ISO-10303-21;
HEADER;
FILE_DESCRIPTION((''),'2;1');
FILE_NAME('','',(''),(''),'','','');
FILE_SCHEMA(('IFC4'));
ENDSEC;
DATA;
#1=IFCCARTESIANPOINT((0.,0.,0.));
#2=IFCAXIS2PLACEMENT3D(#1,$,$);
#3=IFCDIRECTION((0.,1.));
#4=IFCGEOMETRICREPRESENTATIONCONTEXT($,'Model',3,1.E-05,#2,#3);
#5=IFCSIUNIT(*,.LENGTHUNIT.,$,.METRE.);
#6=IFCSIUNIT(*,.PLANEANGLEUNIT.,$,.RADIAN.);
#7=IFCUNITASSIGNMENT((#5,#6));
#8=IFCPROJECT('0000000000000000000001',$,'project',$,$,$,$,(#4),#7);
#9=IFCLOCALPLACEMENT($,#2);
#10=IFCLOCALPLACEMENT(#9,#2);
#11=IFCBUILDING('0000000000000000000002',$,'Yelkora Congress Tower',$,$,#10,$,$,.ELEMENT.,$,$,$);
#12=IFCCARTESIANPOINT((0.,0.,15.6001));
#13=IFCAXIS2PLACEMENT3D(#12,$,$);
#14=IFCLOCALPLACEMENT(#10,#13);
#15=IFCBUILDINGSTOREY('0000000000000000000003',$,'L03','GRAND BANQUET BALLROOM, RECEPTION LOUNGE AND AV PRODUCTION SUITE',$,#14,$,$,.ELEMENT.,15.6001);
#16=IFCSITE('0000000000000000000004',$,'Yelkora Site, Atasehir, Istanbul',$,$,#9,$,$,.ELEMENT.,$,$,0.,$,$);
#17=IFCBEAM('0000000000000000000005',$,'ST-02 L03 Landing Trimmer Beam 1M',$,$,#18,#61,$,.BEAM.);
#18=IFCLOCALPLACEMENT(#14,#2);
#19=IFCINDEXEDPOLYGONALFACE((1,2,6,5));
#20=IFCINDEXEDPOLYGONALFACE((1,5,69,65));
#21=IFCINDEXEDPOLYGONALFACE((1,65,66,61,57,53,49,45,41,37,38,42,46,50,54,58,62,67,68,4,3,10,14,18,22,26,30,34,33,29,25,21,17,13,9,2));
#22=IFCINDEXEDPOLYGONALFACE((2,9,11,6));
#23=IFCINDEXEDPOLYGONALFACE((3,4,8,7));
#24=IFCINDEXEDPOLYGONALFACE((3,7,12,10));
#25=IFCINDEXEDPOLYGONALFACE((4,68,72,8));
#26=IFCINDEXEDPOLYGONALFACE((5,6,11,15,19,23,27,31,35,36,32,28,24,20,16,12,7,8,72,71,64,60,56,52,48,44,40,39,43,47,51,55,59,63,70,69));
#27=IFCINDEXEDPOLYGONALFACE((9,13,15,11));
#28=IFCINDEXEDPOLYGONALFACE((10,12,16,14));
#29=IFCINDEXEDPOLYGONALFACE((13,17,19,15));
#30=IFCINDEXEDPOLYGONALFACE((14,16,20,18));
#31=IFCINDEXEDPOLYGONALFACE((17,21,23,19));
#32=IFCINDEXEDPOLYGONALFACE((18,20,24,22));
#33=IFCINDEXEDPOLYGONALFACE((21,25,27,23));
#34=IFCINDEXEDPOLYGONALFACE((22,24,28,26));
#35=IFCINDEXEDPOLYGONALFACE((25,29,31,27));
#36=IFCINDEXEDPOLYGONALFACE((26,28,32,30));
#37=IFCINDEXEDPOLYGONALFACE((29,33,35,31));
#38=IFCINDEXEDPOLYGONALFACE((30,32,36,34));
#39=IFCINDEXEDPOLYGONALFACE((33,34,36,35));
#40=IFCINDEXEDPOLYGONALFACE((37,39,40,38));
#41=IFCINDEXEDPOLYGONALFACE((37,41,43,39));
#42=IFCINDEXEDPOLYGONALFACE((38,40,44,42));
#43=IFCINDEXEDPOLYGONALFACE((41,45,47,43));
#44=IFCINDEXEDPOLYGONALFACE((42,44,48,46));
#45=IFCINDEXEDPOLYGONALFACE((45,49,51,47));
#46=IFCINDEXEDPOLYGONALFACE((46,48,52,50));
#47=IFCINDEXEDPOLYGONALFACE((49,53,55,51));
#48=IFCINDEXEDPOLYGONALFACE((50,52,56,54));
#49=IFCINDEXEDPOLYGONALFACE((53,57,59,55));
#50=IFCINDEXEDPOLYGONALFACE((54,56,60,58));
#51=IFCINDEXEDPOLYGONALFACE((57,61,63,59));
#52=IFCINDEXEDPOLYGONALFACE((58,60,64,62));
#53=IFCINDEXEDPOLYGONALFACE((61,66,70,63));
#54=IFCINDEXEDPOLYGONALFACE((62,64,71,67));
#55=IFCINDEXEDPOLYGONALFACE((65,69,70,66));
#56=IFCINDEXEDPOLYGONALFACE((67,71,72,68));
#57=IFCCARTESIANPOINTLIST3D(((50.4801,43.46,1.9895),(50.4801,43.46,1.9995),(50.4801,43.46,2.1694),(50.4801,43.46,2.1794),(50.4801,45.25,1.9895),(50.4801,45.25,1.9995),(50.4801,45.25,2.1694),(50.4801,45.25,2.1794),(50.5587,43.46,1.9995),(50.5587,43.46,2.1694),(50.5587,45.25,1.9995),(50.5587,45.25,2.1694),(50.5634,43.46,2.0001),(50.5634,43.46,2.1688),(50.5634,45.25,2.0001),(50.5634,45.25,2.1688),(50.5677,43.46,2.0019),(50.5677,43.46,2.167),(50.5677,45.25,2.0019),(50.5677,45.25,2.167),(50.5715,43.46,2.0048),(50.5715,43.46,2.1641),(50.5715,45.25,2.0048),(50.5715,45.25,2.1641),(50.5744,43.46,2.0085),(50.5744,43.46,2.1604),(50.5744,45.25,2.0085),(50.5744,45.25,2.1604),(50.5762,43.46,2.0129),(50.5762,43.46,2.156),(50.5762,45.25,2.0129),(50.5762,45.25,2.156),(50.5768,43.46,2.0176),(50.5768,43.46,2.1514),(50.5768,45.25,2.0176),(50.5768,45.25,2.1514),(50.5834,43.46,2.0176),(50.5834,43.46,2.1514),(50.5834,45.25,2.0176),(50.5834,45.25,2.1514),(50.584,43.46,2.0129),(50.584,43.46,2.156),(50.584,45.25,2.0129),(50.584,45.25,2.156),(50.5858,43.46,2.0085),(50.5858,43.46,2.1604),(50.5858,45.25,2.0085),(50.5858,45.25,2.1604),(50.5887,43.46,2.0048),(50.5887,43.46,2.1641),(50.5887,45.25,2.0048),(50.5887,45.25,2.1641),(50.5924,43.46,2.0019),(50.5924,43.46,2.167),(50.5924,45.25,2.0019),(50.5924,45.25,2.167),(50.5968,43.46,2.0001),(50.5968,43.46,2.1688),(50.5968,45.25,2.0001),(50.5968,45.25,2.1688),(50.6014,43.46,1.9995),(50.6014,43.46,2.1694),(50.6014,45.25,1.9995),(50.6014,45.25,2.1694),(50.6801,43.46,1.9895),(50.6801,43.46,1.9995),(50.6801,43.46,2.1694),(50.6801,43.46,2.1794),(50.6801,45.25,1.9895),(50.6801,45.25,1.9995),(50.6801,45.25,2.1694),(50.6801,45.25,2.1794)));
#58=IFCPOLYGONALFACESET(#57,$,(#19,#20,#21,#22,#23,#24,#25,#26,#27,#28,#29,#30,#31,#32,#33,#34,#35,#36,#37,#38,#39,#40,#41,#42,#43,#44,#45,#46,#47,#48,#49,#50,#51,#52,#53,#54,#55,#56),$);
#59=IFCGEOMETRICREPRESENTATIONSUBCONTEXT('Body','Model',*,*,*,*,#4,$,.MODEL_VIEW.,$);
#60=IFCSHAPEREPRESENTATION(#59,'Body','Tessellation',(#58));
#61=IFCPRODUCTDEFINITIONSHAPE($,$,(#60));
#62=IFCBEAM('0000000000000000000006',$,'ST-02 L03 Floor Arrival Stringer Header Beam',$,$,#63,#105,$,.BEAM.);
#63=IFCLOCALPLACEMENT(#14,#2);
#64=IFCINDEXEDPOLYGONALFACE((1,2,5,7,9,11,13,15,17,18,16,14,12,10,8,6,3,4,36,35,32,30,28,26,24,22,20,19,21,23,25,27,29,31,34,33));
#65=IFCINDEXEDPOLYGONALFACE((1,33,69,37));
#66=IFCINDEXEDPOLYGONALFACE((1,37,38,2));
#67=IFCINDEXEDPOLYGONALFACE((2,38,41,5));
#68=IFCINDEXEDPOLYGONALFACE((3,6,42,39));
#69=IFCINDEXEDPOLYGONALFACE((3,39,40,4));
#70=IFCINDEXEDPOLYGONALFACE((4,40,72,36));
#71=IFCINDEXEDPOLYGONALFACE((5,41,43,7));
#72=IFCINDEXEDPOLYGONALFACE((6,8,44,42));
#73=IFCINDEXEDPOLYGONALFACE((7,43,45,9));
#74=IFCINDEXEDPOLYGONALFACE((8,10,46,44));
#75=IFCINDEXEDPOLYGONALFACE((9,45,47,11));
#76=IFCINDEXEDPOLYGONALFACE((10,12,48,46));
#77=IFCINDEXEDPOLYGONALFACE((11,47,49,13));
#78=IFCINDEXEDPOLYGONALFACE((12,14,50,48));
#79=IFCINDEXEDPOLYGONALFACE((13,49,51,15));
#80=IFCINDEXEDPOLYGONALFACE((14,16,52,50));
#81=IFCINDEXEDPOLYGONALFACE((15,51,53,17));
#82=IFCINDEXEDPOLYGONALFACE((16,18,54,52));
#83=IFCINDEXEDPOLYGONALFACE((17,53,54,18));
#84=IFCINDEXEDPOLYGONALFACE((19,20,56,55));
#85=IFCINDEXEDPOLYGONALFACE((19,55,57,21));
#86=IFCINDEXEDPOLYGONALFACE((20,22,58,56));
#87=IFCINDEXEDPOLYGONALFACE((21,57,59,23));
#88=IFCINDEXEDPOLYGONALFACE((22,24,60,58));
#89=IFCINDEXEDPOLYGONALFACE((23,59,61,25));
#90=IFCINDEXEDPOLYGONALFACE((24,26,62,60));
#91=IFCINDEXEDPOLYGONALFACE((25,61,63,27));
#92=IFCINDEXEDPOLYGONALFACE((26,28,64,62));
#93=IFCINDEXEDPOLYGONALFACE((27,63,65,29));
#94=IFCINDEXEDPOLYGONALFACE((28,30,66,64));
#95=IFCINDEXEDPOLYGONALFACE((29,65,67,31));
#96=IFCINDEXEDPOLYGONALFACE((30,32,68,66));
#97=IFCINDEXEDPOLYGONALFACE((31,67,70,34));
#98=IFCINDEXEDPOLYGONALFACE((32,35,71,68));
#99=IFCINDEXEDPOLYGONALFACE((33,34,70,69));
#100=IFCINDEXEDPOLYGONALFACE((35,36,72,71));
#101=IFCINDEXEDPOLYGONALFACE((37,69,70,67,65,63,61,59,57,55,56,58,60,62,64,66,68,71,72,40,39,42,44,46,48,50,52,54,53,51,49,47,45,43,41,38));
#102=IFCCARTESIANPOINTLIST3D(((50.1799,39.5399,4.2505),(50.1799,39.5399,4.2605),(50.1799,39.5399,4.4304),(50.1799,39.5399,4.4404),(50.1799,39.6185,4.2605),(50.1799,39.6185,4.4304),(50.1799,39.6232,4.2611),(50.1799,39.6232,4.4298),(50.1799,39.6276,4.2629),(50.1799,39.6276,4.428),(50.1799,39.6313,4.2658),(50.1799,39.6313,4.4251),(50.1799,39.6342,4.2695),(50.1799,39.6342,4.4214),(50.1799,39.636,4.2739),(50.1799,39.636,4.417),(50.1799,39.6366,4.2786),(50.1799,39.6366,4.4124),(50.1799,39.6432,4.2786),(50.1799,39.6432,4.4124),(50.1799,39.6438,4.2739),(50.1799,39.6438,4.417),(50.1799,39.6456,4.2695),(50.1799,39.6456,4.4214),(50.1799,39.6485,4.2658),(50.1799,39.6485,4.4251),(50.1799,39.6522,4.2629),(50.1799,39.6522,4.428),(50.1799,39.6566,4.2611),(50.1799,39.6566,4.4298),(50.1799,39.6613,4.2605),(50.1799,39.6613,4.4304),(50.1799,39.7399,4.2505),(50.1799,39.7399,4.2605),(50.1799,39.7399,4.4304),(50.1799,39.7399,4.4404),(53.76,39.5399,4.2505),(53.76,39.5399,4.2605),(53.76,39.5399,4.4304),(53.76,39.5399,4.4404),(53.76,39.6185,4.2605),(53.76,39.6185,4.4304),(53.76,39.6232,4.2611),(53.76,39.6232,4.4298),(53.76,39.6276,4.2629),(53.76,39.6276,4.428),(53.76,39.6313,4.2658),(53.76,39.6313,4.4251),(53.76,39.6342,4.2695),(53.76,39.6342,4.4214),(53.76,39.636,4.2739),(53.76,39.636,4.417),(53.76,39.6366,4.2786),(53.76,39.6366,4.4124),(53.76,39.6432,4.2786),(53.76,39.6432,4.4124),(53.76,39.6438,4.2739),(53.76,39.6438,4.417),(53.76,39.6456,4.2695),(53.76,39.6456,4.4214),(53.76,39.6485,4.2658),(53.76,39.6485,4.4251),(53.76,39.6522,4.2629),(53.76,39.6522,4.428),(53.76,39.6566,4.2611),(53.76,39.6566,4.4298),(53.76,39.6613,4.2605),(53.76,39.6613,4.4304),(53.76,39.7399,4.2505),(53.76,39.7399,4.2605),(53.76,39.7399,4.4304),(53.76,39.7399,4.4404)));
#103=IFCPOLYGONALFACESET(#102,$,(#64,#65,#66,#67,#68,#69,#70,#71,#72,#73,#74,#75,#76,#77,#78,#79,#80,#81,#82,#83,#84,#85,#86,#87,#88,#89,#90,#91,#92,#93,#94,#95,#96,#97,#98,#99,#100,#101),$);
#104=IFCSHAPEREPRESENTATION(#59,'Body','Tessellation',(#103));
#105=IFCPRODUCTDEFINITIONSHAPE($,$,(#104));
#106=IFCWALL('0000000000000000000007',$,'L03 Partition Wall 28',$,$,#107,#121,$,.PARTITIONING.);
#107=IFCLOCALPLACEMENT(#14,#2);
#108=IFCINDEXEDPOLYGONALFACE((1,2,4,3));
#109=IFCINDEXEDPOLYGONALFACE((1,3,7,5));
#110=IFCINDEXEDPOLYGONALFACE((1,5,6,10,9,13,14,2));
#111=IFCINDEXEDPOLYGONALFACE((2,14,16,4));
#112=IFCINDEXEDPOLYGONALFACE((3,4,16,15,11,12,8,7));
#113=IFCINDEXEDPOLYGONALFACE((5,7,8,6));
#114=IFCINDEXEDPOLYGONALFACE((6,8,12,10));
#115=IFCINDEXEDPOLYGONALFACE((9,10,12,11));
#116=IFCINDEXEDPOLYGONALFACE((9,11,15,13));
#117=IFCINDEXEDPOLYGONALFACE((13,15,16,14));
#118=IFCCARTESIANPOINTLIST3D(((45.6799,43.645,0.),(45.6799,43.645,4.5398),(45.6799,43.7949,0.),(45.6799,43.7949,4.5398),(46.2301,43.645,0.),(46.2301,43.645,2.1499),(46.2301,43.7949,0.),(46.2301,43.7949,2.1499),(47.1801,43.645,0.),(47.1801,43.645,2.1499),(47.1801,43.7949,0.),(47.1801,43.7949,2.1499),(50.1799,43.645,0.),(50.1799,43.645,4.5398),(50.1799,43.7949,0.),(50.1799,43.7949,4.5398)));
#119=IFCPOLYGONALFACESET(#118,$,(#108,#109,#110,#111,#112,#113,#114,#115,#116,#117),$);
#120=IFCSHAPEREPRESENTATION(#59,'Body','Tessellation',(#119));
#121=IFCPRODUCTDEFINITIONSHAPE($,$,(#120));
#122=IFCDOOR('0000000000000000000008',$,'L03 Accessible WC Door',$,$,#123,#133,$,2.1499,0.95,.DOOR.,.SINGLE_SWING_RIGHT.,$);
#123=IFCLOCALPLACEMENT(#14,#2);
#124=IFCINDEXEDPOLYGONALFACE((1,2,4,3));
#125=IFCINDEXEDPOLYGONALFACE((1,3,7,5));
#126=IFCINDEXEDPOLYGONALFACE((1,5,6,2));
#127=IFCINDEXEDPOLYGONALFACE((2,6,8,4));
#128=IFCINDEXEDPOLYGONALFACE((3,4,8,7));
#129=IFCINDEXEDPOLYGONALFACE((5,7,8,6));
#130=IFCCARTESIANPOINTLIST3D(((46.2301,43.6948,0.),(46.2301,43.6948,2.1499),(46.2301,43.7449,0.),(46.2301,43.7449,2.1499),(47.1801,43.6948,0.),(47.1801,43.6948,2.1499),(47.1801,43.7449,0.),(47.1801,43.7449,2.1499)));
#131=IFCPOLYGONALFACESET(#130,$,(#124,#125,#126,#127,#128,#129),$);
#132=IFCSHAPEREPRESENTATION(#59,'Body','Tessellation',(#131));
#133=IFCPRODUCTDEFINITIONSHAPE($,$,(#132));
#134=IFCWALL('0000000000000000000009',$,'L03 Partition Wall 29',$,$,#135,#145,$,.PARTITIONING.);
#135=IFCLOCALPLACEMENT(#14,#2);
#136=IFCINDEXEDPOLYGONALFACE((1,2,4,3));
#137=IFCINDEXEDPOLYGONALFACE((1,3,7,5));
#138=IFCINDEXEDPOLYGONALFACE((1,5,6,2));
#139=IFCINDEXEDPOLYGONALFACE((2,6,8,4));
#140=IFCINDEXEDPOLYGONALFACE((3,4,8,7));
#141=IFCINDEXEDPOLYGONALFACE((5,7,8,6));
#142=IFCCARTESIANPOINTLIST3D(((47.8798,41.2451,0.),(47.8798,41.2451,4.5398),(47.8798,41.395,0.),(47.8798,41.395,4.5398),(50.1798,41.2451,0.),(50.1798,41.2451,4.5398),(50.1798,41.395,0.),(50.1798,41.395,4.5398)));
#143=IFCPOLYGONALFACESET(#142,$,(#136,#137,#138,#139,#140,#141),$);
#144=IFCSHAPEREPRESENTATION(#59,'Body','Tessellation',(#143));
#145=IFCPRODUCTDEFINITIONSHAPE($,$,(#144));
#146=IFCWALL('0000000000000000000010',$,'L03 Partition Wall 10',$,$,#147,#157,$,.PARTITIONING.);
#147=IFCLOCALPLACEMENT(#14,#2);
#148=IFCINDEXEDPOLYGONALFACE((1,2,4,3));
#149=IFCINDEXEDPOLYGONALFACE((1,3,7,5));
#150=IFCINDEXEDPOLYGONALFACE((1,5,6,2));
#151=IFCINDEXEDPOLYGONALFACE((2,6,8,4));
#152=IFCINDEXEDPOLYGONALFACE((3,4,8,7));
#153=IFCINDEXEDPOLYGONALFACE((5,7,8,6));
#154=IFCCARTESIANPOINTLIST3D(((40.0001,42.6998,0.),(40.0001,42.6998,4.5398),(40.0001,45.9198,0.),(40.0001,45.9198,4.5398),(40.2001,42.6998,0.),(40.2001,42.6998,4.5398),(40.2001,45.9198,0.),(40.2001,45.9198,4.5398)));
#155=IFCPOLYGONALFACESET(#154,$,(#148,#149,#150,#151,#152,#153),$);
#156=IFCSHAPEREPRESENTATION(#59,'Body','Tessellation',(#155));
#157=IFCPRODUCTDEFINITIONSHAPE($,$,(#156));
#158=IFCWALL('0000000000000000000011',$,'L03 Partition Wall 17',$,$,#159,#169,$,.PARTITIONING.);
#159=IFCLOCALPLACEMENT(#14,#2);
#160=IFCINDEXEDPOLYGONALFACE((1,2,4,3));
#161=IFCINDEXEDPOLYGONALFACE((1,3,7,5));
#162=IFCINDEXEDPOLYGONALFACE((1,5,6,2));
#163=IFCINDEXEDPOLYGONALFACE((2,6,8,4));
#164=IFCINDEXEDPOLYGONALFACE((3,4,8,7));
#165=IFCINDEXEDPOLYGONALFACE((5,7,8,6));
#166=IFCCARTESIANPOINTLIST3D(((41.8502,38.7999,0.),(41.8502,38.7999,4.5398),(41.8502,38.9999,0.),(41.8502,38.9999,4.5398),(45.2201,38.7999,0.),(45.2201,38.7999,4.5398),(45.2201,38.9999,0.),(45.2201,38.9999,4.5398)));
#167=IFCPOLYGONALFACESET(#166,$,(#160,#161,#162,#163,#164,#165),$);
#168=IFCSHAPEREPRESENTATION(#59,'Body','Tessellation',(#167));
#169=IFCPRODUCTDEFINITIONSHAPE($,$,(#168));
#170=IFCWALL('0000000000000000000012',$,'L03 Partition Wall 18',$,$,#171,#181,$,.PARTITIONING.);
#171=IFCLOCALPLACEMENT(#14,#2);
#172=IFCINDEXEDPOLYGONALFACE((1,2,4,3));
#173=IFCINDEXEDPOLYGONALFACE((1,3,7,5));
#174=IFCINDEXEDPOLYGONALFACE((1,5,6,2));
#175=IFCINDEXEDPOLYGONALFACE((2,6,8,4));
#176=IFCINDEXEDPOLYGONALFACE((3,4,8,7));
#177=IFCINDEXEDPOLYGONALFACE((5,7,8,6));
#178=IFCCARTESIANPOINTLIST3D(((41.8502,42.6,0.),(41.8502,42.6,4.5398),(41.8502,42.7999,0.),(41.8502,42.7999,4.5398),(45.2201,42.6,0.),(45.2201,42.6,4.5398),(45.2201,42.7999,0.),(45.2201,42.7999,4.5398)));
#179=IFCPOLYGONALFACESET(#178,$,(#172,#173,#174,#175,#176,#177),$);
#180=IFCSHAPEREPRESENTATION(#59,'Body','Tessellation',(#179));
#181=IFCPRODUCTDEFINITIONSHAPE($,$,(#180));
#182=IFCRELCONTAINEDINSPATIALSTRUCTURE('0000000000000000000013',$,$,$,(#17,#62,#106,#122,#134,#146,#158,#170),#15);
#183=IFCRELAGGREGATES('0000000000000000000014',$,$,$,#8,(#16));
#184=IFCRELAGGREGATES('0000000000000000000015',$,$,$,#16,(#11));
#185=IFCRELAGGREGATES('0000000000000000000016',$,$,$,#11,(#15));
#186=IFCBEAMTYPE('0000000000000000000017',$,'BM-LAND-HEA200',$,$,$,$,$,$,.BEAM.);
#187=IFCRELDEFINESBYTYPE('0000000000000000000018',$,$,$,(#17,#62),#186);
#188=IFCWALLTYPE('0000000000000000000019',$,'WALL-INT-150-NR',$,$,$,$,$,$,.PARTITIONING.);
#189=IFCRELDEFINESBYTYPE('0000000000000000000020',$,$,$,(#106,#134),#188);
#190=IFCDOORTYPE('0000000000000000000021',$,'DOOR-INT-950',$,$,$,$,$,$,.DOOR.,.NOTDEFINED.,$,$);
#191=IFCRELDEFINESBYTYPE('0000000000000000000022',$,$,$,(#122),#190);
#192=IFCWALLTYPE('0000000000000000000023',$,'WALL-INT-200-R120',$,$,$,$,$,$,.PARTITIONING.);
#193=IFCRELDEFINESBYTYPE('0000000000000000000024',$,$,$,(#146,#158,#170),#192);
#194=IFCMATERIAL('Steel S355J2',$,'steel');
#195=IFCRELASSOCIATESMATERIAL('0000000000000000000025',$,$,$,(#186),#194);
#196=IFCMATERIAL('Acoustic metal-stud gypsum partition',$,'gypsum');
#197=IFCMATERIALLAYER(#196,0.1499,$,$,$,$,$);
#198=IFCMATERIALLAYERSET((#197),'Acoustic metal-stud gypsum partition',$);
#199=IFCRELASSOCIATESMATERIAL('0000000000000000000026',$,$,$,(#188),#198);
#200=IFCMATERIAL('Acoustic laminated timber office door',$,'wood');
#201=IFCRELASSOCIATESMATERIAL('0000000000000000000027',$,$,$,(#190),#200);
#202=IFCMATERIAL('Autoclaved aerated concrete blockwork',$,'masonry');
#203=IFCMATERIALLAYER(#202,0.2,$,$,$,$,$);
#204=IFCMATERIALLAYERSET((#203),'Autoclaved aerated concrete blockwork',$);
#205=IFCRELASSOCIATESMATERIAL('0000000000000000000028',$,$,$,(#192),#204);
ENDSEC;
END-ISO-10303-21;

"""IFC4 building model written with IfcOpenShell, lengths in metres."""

from ifc_helpers import new_model, si_unit, direction, frame, frame_2d, origin, origin_2d, place, context, subcontext, project, spatial, rectangle, i_section, extrude, material, layer, layer_set, material_profile, profile_set, type_object, element, fill, save


model = new_model("IFC4")

# Units and contexts
model_context = context("Model", 3, precision=1e-05, world=origin(), true_north=direction((0.0, 1.0)))
body_context = subcontext(model_context, "Body", "Model", "MODEL_VIEW")
ifc_project = project(units=[si_unit("LENGTHUNIT", "METRE"), si_unit("PLANEANGLEUNIT", "RADIAN")], contexts=[model_context])

# Site, building, storey
site_placement = place(None, origin())
site = spatial("IfcSite", under=ifc_project, at=site_placement, Name="Yelkora Site, Atasehir, Istanbul", CompositionType="ELEMENT", RefElevation=0.0)
building_placement = place(site_placement, origin())
building = spatial("IfcBuilding", under=site, at=building_placement, Name="Yelkora Congress Tower", CompositionType="ELEMENT")
storey_placement = place(building_placement, frame((0.0, 0.0, 15.6001)))
storey = spatial("IfcBuildingStorey", under=building, at=storey_placement, Name="L03", Description="GRAND BANQUET BALLROOM, RECEPTION LOUNGE AND AV PRODUCTION SUITE", CompositionType="ELEMENT", Elevation=15.6001)

# Beams
ifc_material_1 = material(Name="Steel S355J2", Category="steel")
ifc_material_profile_1 = material_profile(ifc_material_1, i_section(OverallWidth=0.2, OverallDepth=0.1899, WebThickness=0.0066, FlangeThickness=0.01, FilletRadius=0.0181, at=origin_2d()), Name="HEA 200")
ifc_profile_set_1 = profile_set([ifc_material_profile_1], Name="Steel S355J2")
beam_type_1 = type_object("IfcBeamType", Name="BM-LAND-HEA200", PredefinedType="BEAM", material=ifc_profile_set_1)
beam_1_placement = place(storey_placement, frame((50.5801, 43.46, 2.0845), z_axis=(0.0, 1.0, 0.0), x_axis=(-1.0, 0.0, 0.0)))
element("IfcBeam", 1, at=beam_1_placement, inside=storey, type_object=beam_type_1, Name="ST-02 L03 Landing Trimmer Beam 1M", PredefinedType="BEAM", context=body_context, shape_type="SweptSolid", body=[
    extrude(i_section(OverallWidth=0.2, OverallDepth=0.1899, WebThickness=0.0066, FlangeThickness=0.01, FilletRadius=0.0181, at=origin_2d()), origin(), (0.0, 0.0, 1.0), 1.79),
])
beam_2_placement = place(storey_placement, frame((50.1799, 39.6399, 4.3455), z_axis=(1.0, 0.0, 0.0), x_axis=(0.0, 1.0, 0.0)))
element("IfcBeam", 2, at=beam_2_placement, inside=storey, type_object=beam_type_1, Name="ST-02 L03 Floor Arrival Stringer Header Beam", PredefinedType="BEAM", context=body_context, shape_type="SweptSolid", body=[
    extrude(i_section(OverallWidth=0.2, OverallDepth=0.1899, WebThickness=0.0066, FlangeThickness=0.01, FilletRadius=0.0181, at=origin_2d()), origin(), (0.0, 0.0, 1.0), 3.5801),
])

# Wall, opening, door
ifc_material_2 = material(Name="Acoustic metal-stud gypsum partition", Category="gypsum")
ifc_layer_1 = layer(ifc_material_2, 0.1499)
ifc_layer_set_1 = layer_set([ifc_layer_1], Name="Acoustic metal-stud gypsum partition")
wall_type_1 = type_object("IfcWallType", Name="WALL-INT-150-NR", PredefinedType="PARTITIONING", material=ifc_layer_set_1)
wall_1_placement = place(storey_placement, frame((45.6799, 43.72, 0.0), z_axis=(0.0, 0.0, 1.0), x_axis=(1.0, 0.0, 0.0)))
wall_1 = element("IfcWall", 3, at=wall_1_placement, inside=storey, type_object=wall_type_1, Name="L03 Partition Wall 28", PredefinedType="PARTITIONING", context=body_context, shape_type="SweptSolid", body=[
    extrude(rectangle(XDim=4.5, YDim=0.1499, at=frame_2d((2.25, 0.0))), origin(), (0.0, 0.0, 1.0), 4.5398),
])
opening_placement = place(wall_1_placement, frame((0.55, 0.0, 0.0)))
opening = element("IfcOpeningElement", 4, at=opening_placement, cuts=wall_1, PredefinedType="OPENING", context=body_context, shape_type="SweptSolid", body=[
    extrude(rectangle(XDim=0.95, YDim=2.1499, at=frame_2d((0.4751, 1.075))), frame((0.0, 0.085, 0.0), z_axis=(0.0, -1.0, 0.0), x_axis=(1.0, 0.0, 0.0)), (0.0, 0.0, 1.0), 0.1699),
])
ifc_material_3 = material(Name="Acoustic laminated timber office door", Category="wood")
door_type = type_object("IfcDoorType", Name="DOOR-INT-950", OperationType="NOTDEFINED", PredefinedType="DOOR", material=ifc_material_3)
door_placement = place(opening_placement, origin())
door = element("IfcDoor", 5, at=door_placement, inside=storey, type_object=door_type, Name="L03 Accessible WC Door", OperationType="SINGLE_SWING_RIGHT", OverallHeight=2.1499, OverallWidth=0.95, PredefinedType="DOOR", context=body_context, shape_type="SweptSolid", body=[
    extrude(rectangle(XDim=0.95, YDim=2.1499, at=frame_2d((0.4751, 1.075))), frame((0.0, 0.0249, 0.0), z_axis=(0.0, -1.0, 0.0), x_axis=(1.0, 0.0, 0.0)), (0.0, 0.0, 1.0), 0.05),
])
fill(opening, door)

# Walls
wall_2_placement = place(storey_placement, frame((47.8799, 41.3201, 0.0), z_axis=(0.0, 0.0, 1.0), x_axis=(1.0, 0.0, 0.0)))
element("IfcWall", 6, at=wall_2_placement, inside=storey, type_object=wall_type_1, Name="L03 Partition Wall 29", PredefinedType="PARTITIONING", context=body_context, shape_type="SweptSolid", body=[
    extrude(rectangle(XDim=2.3, YDim=0.1499, at=frame_2d((1.1499, 0.0))), origin(), (0.0, 0.0, 1.0), 4.5398),
])
ifc_material_4 = material(Name="Autoclaved aerated concrete blockwork", Category="masonry")
ifc_layer_2 = layer(ifc_material_4, 0.2)
ifc_layer_set_2 = layer_set([ifc_layer_2], Name="Autoclaved aerated concrete blockwork")
wall_type_2 = type_object("IfcWallType", Name="WALL-INT-200-R120", PredefinedType="PARTITIONING", material=ifc_layer_set_2)
wall_3_placement = place(storey_placement, frame((40.1001, 42.7, 0.0), z_axis=(0.0, 0.0, 1.0), x_axis=(0.0, 1.0, 0.0)))
element("IfcWall", 7, at=wall_3_placement, inside=storey, type_object=wall_type_2, Name="L03 Partition Wall 10", PredefinedType="PARTITIONING", context=body_context, shape_type="SweptSolid", body=[
    extrude(rectangle(XDim=3.22, YDim=0.2, at=frame_2d((1.6099, 0.0))), origin(), (0.0, 0.0, 1.0), 4.5398),
])
for number, where, z_axis, x_axis, name in (
    (8, (41.8501, 38.8999, 0.0), (0.0, 0.0, 1.0), (1.0, 0.0, 0.0), "L03 Partition Wall 17"),
    (9, (41.8501, 42.7, 0.0), (0.0, 0.0, 1.0), (1.0, 0.0, 0.0), "L03 Partition Wall 18"),
):
    element("IfcWall", number, at=place(storey_placement, frame(where, z_axis=z_axis, x_axis=x_axis)), inside=storey, type_object=wall_type_2, Name=name, PredefinedType="PARTITIONING", context=body_context, shape_type="SweptSolid", body=[
        extrude(rectangle(XDim=3.3699, YDim=0.2, at=frame_2d((1.6851, 0.0))), origin(), (0.0, 0.0, 1.0), 4.5398),
    ])

save(model, "model.ifc")
